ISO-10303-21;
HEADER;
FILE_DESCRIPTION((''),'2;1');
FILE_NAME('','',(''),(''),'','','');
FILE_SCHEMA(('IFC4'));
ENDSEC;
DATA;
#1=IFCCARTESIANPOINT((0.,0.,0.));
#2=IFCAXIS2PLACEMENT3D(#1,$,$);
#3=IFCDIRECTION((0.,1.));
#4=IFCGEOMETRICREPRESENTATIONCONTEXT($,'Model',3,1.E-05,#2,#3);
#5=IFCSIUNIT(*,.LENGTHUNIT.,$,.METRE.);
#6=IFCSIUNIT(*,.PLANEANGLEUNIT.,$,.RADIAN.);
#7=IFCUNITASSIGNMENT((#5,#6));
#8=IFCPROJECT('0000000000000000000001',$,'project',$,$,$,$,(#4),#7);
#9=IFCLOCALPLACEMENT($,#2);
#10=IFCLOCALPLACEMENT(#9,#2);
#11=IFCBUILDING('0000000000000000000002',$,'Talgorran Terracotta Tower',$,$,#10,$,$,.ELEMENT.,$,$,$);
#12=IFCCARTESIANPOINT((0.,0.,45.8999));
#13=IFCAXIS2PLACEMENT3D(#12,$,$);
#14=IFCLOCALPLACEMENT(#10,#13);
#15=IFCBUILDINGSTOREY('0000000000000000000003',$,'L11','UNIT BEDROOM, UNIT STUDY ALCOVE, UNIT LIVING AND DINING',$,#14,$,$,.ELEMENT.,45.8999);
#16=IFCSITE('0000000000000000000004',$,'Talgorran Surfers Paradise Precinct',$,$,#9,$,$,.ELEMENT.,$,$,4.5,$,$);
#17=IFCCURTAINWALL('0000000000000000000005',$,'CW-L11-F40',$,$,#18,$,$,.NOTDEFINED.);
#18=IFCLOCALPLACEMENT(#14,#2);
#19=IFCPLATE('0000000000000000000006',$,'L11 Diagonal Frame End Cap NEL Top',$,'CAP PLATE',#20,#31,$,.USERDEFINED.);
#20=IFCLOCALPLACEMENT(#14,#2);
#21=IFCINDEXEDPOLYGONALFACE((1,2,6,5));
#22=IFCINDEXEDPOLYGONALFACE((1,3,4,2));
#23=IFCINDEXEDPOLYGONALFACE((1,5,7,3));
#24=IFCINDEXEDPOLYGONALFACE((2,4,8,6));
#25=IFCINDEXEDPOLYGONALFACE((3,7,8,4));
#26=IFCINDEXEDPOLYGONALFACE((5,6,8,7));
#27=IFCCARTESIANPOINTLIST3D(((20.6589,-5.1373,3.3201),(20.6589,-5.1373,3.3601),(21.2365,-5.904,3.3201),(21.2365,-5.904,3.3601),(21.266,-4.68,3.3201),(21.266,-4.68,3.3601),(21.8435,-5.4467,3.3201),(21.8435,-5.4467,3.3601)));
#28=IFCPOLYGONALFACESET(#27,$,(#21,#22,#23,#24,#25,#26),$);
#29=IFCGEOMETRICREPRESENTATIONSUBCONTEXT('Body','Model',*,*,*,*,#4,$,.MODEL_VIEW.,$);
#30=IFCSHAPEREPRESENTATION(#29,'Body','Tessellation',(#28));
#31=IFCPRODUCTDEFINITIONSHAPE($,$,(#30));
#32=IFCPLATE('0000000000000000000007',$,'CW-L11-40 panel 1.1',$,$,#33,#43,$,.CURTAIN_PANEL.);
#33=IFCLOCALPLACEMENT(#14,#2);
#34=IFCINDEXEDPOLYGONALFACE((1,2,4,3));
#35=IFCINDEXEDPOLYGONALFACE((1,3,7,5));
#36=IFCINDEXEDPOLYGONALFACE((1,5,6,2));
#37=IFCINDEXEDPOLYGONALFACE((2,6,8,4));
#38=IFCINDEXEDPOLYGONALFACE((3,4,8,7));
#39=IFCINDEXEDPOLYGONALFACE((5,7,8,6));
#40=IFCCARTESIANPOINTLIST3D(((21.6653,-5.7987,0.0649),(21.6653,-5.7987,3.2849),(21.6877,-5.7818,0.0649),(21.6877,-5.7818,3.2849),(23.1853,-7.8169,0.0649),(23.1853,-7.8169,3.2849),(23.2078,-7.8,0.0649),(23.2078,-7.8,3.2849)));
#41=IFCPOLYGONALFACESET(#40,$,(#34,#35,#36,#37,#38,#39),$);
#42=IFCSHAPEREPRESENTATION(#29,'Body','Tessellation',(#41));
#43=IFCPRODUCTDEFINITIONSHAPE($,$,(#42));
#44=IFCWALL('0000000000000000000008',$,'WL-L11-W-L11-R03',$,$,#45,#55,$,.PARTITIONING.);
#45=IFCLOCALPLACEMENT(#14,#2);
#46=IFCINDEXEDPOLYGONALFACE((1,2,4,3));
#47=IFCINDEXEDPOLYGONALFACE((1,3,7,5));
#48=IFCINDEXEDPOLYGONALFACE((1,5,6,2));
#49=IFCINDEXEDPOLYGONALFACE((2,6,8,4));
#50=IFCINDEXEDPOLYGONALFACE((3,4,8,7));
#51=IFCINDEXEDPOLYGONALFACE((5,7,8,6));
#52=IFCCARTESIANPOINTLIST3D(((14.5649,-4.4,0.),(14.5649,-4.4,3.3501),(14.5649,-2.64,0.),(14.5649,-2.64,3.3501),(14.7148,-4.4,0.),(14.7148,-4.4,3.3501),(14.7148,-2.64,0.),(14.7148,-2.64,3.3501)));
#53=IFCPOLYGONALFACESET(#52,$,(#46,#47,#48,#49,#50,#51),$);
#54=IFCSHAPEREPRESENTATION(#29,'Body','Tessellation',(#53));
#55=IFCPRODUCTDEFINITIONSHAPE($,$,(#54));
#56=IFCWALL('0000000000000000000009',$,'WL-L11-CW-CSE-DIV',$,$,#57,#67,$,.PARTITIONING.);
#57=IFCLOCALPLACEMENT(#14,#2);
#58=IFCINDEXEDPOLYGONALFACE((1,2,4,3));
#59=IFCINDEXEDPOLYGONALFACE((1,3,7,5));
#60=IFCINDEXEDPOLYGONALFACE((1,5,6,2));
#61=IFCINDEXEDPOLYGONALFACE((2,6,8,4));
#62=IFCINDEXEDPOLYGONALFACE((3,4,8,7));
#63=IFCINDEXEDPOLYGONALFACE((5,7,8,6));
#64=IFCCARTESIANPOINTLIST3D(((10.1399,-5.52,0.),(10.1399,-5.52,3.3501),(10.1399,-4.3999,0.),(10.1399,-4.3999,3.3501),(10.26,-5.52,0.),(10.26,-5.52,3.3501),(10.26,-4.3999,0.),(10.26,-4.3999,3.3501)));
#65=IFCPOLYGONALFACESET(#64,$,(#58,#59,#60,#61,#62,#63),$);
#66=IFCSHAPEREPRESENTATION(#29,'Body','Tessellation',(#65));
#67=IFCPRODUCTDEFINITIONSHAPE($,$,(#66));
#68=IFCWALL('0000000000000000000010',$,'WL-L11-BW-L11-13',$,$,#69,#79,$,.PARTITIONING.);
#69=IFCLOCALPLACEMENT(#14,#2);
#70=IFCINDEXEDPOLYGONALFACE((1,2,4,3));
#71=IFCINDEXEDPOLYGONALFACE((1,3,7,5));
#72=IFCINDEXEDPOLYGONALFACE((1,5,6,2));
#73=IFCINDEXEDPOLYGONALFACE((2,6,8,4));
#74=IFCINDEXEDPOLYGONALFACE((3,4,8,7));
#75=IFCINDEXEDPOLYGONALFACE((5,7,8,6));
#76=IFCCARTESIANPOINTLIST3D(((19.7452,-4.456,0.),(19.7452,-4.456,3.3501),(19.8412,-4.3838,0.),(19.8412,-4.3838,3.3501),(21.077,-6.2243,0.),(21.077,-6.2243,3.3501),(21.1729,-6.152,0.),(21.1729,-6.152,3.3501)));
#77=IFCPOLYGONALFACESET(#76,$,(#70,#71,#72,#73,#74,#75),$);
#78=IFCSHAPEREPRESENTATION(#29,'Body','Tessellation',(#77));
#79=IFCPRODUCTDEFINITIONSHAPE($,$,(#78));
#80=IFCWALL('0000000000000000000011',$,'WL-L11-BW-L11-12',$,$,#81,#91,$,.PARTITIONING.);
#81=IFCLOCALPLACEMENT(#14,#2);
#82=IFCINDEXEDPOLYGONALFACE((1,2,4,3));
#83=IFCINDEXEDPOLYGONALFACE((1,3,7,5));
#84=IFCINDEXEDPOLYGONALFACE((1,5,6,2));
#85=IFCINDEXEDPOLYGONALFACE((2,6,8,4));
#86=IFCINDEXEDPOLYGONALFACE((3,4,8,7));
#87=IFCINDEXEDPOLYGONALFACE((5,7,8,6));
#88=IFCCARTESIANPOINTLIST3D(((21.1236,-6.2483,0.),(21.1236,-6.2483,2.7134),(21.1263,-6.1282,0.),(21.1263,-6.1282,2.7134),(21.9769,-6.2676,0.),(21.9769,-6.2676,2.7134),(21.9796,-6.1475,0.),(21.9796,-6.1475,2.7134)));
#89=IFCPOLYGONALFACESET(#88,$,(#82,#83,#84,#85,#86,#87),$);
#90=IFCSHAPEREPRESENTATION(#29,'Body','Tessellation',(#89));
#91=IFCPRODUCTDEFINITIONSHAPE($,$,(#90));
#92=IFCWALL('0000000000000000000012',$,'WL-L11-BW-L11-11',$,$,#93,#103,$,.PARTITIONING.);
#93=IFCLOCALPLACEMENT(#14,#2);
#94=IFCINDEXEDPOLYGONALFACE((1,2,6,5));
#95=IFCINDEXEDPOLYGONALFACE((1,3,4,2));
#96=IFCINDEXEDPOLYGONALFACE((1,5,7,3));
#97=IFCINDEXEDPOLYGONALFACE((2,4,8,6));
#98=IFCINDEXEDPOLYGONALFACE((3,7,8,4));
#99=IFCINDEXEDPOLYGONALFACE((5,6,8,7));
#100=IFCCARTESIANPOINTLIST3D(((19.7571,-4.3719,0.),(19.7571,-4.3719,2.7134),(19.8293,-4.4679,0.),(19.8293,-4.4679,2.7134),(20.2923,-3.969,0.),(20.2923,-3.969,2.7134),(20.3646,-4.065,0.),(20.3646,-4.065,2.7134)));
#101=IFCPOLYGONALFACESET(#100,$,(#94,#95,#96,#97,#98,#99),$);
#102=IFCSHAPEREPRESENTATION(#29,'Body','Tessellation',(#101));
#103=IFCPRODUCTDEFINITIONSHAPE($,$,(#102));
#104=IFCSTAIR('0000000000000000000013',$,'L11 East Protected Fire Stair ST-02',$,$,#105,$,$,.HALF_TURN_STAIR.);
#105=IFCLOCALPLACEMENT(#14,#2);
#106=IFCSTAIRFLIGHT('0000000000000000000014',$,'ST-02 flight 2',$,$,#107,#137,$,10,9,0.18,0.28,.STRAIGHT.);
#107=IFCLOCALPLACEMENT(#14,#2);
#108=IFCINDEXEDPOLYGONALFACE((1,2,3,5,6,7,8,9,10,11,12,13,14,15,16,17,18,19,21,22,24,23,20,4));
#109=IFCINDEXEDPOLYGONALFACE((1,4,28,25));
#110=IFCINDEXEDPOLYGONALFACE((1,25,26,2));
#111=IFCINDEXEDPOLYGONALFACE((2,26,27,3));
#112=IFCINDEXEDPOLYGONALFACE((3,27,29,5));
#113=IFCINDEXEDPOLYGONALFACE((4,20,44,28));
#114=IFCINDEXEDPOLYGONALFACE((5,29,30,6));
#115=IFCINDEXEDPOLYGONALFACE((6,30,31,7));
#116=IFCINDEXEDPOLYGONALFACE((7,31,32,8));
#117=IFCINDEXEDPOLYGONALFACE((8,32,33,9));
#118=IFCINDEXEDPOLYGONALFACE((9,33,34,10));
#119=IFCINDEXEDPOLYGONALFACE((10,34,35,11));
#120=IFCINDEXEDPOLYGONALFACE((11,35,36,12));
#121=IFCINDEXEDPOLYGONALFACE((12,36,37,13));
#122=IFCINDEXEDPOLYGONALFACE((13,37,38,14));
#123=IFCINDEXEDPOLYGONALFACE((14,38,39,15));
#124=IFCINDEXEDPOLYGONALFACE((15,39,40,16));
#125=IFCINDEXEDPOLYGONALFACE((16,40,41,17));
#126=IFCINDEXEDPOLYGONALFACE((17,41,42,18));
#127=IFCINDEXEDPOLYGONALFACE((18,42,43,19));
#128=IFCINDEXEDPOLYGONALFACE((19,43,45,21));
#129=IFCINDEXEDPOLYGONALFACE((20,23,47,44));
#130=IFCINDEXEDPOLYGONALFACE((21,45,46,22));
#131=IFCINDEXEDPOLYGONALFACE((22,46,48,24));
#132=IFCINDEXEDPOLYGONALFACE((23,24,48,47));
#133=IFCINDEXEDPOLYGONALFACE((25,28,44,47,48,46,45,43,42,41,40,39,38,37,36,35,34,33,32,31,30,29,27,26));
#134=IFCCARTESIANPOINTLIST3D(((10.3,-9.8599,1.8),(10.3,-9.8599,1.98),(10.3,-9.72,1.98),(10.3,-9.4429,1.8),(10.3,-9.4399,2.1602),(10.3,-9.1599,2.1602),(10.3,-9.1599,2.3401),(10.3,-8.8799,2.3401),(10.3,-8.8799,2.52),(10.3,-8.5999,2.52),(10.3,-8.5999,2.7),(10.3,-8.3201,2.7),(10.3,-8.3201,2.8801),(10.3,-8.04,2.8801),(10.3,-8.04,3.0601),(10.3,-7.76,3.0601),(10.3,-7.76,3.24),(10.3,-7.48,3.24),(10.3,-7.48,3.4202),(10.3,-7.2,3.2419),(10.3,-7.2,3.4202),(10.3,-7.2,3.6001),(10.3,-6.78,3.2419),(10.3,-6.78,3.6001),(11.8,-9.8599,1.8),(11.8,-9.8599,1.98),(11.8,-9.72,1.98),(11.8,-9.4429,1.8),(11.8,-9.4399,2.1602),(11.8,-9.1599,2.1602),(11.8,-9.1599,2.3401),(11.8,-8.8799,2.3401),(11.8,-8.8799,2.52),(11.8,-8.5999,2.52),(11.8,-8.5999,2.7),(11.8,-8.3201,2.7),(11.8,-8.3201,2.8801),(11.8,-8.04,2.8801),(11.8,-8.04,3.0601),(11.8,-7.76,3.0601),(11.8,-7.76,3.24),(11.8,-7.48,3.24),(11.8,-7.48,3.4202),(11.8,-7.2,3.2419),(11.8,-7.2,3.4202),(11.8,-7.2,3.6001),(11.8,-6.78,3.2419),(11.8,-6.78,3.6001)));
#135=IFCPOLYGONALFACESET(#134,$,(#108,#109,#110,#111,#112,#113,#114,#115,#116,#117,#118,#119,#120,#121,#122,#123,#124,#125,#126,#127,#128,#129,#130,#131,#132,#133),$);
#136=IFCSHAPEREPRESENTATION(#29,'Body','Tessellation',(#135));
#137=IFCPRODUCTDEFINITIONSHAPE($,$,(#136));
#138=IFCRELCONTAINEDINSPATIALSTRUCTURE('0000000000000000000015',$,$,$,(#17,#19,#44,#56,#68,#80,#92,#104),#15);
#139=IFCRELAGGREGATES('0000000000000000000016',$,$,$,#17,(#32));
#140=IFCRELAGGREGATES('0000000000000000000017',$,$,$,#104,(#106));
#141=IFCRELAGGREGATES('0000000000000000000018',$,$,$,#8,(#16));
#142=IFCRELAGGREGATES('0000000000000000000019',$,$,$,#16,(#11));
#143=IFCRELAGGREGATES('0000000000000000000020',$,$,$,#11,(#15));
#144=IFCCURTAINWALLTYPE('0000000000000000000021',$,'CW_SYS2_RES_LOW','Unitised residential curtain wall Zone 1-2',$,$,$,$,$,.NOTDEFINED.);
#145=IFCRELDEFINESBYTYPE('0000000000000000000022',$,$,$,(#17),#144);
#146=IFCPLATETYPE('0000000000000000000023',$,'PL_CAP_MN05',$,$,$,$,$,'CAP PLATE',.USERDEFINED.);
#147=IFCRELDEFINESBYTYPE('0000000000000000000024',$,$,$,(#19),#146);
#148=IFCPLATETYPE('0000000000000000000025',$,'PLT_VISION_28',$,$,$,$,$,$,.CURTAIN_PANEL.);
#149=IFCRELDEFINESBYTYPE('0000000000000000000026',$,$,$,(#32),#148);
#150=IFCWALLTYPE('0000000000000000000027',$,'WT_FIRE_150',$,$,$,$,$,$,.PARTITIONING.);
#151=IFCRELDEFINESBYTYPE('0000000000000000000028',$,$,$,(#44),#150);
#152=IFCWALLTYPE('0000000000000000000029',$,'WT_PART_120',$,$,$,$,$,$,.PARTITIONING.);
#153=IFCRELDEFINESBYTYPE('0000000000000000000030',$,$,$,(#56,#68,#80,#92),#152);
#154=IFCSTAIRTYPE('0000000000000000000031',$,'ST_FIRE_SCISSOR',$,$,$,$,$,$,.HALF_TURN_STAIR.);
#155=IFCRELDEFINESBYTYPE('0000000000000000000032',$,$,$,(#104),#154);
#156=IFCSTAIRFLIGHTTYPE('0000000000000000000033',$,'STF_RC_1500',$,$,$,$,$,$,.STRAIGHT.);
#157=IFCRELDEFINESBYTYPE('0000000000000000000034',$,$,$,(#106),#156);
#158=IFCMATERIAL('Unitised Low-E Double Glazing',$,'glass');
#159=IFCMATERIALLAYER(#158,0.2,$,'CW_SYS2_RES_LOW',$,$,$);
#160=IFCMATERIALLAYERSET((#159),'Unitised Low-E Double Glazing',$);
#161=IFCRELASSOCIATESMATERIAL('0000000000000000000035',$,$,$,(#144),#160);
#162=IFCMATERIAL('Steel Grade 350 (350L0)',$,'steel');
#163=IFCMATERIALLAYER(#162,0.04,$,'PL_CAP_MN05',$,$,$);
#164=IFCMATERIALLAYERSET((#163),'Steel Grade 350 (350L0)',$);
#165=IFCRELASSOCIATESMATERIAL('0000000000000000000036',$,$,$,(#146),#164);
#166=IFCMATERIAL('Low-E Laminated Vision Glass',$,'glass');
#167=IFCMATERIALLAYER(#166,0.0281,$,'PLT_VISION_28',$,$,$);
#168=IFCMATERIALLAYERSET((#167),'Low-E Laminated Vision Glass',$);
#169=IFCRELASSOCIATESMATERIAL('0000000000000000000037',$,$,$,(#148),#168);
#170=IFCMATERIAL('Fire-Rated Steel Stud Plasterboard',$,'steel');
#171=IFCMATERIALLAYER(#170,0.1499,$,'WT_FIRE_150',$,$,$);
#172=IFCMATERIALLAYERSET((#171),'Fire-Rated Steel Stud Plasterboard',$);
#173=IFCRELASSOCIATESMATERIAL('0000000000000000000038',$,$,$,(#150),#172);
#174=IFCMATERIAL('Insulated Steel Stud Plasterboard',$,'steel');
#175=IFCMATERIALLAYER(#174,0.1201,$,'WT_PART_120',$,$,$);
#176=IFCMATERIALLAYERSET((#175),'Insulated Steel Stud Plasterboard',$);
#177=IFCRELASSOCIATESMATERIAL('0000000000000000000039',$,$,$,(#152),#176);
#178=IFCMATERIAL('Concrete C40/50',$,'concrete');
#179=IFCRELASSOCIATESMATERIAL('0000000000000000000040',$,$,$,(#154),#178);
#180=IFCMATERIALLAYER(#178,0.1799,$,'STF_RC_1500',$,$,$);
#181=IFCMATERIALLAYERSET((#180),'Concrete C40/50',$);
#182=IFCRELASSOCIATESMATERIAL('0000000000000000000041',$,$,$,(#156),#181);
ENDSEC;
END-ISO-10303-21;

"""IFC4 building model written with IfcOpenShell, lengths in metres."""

from ifc_helpers import new_model, si_unit, direction, frame, frame_2d, origin, origin_2d, place, context, subcontext, project, spatial, polyline, rectangle, outline, extrude, source, transform, mapped, material, layer, layer_set, type_object, type_shapes, element, aggregate, save


model = new_model("IFC4")

# Units and contexts
model_context = context("Model", 3, precision=1e-05, world=origin(), true_north=direction((0.0, 1.0)))
body_context = subcontext(model_context, "Body", "Model", "MODEL_VIEW")
ifc_project = project(units=[si_unit("LENGTHUNIT", "METRE"), si_unit("PLANEANGLEUNIT", "RADIAN")], contexts=[model_context])

# Site, building, storey
site_placement = place(None, origin())
site = spatial("IfcSite", under=ifc_project, at=site_placement, Name="Talgorran Surfers Paradise Precinct", CompositionType="ELEMENT", RefElevation=4.5)
building_placement = place(site_placement, origin())
building = spatial("IfcBuilding", under=site, at=building_placement, Name="Talgorran Terracotta Tower", CompositionType="ELEMENT")
storey_placement = place(building_placement, frame((0.0, 0.0, 45.8999)))
storey = spatial("IfcBuildingStorey", under=building, at=storey_placement, Name="L11", Description="UNIT BEDROOM, UNIT STUDY ALCOVE, UNIT LIVING AND DINING", CompositionType="ELEMENT", Elevation=45.8999)

# Shared definitions
ifc_material_1 = material(Name="Steel Grade 350 (350L0)", Category="steel")

# Shared definitions
ifc_material_2 = material(Name="Unitised Low-E Double Glazing", Category="glass")
ifc_layer_1 = layer(ifc_material_2, 0.2, Name="CW_SYS2_RES_LOW")
ifc_layer_set_1 = layer_set([ifc_layer_1], Name="Unitised Low-E Double Glazing")
curtain_wall_type = type_object("IfcCurtainWallType", Name="CW_SYS2_RES_LOW", Description="Unitised residential curtain wall Zone 1-2", PredefinedType="NOTDEFINED", material=ifc_layer_set_1)

# Curtain wall
curtain_wall_1_placement = place(storey_placement, origin())
curtain_wall_1 = element("IfcCurtainWall", 1, at=curtain_wall_1_placement, inside=storey, type_object=curtain_wall_type, Name="CW-L11-F40", PredefinedType="NOTDEFINED")

# Plate
ifc_layer_2 = layer(ifc_material_1, 0.04, Name="PL_CAP_MN05")
ifc_layer_set_2 = layer_set([ifc_layer_2], Name="Steel Grade 350 (350L0)")
plate_type_1 = type_object("IfcPlateType", Name="PL_CAP_MN05", ElementType="CAP PLATE", PredefinedType="USERDEFINED", material=ifc_layer_set_2)
for number, where, z_axis, x_axis, name in (
    (2, (21.2512, -5.292, 3.3201), (0.0, 0.0, 1.0), (0.601676, -0.798741, 0.0), "L11 Diagonal Frame End Cap NEL Top"),
):
    element("IfcPlate", number, at=place(storey_placement, frame(where, z_axis=z_axis, x_axis=x_axis)), inside=storey, type_object=plate_type_1, Name=name, ObjectType="CAP PLATE", PredefinedType="USERDEFINED", context=body_context, shape_type="SweptSolid", body=[
        extrude(rectangle(XDim=0.96, YDim=0.76, at=origin_2d()), origin(), (0.0, 0.0, 1.0), 0.04),
    ])

# Plate
ifc_material_3 = material(Name="Low-E Laminated Vision Glass", Category="glass")
ifc_layer_3 = layer(ifc_material_3, 0.0281, Name="PLT_VISION_28")
ifc_layer_set_3 = layer_set([ifc_layer_3], Name="Low-E Laminated Vision Glass")
plate_type_2 = type_object("IfcPlateType", Name="PLT_VISION_28", PredefinedType="CURTAIN_PANEL", material=ifc_layer_set_3)
shared_shape = source(origin(), body_context, "Body", "SweptSolid", [
    extrude(rectangle(XDim=2.5266, YDim=0.0281, at=origin_2d()), origin(), (0.0, 0.0, 1.0), 3.22),
])
type_shapes(plate_type_2, [shared_shape])
plate_placement = place(storey_placement, frame((22.4365, -6.7993, 0.0649), z_axis=(0.0, 0.0, 1.0), x_axis=(-0.601619, 0.798783, 0.0)))
plate = element("IfcPlate", 3, at=plate_placement, type_object=plate_type_2, Name="CW-L11-40 panel 1.1", PredefinedType="CURTAIN_PANEL", context=body_context, shape_type="MappedRepresentation", body=[
    mapped(shared_shape, transform((0.0, 0.0, 0.0), scale=1.0)),
])
aggregate(curtain_wall_1, [plate])

# Walls
ifc_material_4 = material(Name="Fire-Rated Steel Stud Plasterboard", Category="steel")
ifc_layer_4 = layer(ifc_material_4, 0.1499, Name="WT_FIRE_150")
ifc_layer_set_4 = layer_set([ifc_layer_4], Name="Fire-Rated Steel Stud Plasterboard")
wall_type_1 = type_object("IfcWallType", Name="WT_FIRE_150", PredefinedType="PARTITIONING", material=ifc_layer_set_4)
wall_1_placement = place(storey_placement, frame((14.6399, -4.3999, 0.0), z_axis=(0.0, 0.0, 1.0), x_axis=(0.0, 1.0, 0.0)))
element("IfcWall", 4, at=wall_1_placement, inside=storey, type_object=wall_type_1, Name="WL-L11-W-L11-R03", PredefinedType="PARTITIONING", context=body_context, shape_type="SweptSolid", body=[
    extrude(rectangle(XDim=1.76, YDim=0.1499, at=frame_2d((0.8799, 0.0))), origin(), (0.0, 0.0, 1.0), 3.3501),
])
ifc_material_5 = material(Name="Insulated Steel Stud Plasterboard", Category="steel")
ifc_layer_5 = layer(ifc_material_5, 0.1201, Name="WT_PART_120")
ifc_layer_set_5 = layer_set([ifc_layer_5], Name="Insulated Steel Stud Plasterboard")
wall_type_2 = type_object("IfcWallType", Name="WT_PART_120", PredefinedType="PARTITIONING", material=ifc_layer_set_5)
wall_2_placement = place(storey_placement, frame((10.2, -5.52, 0.0), z_axis=(0.0, 0.0, 1.0), x_axis=(0.0, 1.0, 0.0)))
element("IfcWall", 5, at=wall_2_placement, inside=storey, type_object=wall_type_2, Name="WL-L11-CW-CSE-DIV", PredefinedType="PARTITIONING", context=body_context, shape_type="SweptSolid", body=[
    extrude(rectangle(XDim=1.1201, YDim=0.1201, at=frame_2d((0.5601, 0.0))), origin(), (0.0, 0.0, 1.0), 3.3501),
])
wall_3_placement = place(storey_placement, frame((21.125, -6.1882, 0.0), z_axis=(0.0, 0.0, 1.0), x_axis=(-0.601605, 0.798794, 0.0)))
element("IfcWall", 6, at=wall_3_placement, inside=storey, type_object=wall_type_2, Name="WL-L11-BW-L11-13", PredefinedType="PARTITIONING", context=body_context, shape_type="SweptSolid", body=[
    extrude(rectangle(XDim=2.2136, YDim=0.1201, at=frame_2d((1.1069, 0.0))), origin(), (0.0, 0.0, 1.0), 3.3501),
])
wall_4_placement = place(storey_placement, frame((21.9783, -6.2075, 0.0), z_axis=(0.0, 0.0, 1.0), x_axis=(-0.999745, 0.022598, 0.0)))
element("IfcWall", 7, at=wall_4_placement, inside=storey, type_object=wall_type_2, Name="WL-L11-BW-L11-12", PredefinedType="PARTITIONING", context=body_context, shape_type="SweptSolid", body=[
    extrude(rectangle(XDim=0.8535, YDim=0.1201, at=frame_2d((0.4268, 0.0))), origin(), (0.0, 0.0, 1.0), 2.7134),
])
wall_5_placement = place(storey_placement, frame((19.7932, -4.4199, 0.0), z_axis=(0.0, 0.0, 1.0), x_axis=(0.798949, 0.601399, 0.0)))
element("IfcWall", 8, at=wall_5_placement, inside=storey, type_object=wall_type_2, Name="WL-L11-BW-L11-11", PredefinedType="PARTITIONING", context=body_context, shape_type="SweptSolid", body=[
    extrude(rectangle(XDim=0.6699, YDim=0.1201, at=frame_2d((0.335, 0.0))), origin(), (0.0, 0.0, 1.0), 2.7134),
])

# Stair, stair flight
ifc_material_6 = material(Name="Concrete C40/50", Category="concrete")
stair_type = type_object("IfcStairType", Name="ST_FIRE_SCISSOR", PredefinedType="HALF_TURN_STAIR", material=ifc_material_6)
stair_placement = place(storey_placement, origin())
stair = element("IfcStair", 9, at=stair_placement, inside=storey, type_object=stair_type, Name="L11 East Protected Fire Stair ST-02", PredefinedType="HALF_TURN_STAIR")
ifc_layer_6 = layer(ifc_material_6, 0.1799, Name="STF_RC_1500")
ifc_layer_set_6 = layer_set([ifc_layer_6], Name="Concrete C40/50")
stair_flight_type = type_object("IfcStairFlightType", Name="STF_RC_1500", PredefinedType="STRAIGHT", material=ifc_layer_set_6)
stair_flight_placement = place(storey_placement, frame((11.05, -9.72, 1.8), z_axis=(0.0, 0.0, 1.0), x_axis=(0.0, 1.0, 0.0)))
stair_flight = element("IfcStairFlight", 10, at=stair_flight_placement, type_object=stair_flight_type, Name="ST-02 flight 2", NumberOfRisers=10, NumberOfTreads=9, PredefinedType="STRAIGHT", RiserHeight=0.18, TreadLength=0.28, context=body_context, shape_type="SweptSolid", body=[
    extrude(outline(polyline([(-0.1399, 0.0), (-0.1399, 0.1799), (0.0, 0.1799), (0.28, 0.3601), (0.5601, 0.3601), (0.5601, 0.54), (0.8401, 0.54), (0.8401, 0.72), (1.1201, 0.72), (1.1201, 0.8999), (1.3999, 0.8999), (1.3999, 1.0801), (1.6799, 1.0801), (1.6799, 1.26), (1.96, 1.26), (1.96, 1.4399), (2.24, 1.4399), (2.24, 1.6201), (2.52, 1.6201), (2.52, 1.8), (2.9399, 1.8), (2.9399, 1.4419), (2.52, 1.4419), (0.2771, 0.0), (-0.1399, 0.0)])), frame((0.0, 0.75, 0.0), z_axis=(0.0, -1.0, 0.0), x_axis=(1.0, 0.0, 0.0)), (0.0, 0.0, 1.0), 1.5),
])
aggregate(stair, [stair_flight])

save(model, "model.ifc")
